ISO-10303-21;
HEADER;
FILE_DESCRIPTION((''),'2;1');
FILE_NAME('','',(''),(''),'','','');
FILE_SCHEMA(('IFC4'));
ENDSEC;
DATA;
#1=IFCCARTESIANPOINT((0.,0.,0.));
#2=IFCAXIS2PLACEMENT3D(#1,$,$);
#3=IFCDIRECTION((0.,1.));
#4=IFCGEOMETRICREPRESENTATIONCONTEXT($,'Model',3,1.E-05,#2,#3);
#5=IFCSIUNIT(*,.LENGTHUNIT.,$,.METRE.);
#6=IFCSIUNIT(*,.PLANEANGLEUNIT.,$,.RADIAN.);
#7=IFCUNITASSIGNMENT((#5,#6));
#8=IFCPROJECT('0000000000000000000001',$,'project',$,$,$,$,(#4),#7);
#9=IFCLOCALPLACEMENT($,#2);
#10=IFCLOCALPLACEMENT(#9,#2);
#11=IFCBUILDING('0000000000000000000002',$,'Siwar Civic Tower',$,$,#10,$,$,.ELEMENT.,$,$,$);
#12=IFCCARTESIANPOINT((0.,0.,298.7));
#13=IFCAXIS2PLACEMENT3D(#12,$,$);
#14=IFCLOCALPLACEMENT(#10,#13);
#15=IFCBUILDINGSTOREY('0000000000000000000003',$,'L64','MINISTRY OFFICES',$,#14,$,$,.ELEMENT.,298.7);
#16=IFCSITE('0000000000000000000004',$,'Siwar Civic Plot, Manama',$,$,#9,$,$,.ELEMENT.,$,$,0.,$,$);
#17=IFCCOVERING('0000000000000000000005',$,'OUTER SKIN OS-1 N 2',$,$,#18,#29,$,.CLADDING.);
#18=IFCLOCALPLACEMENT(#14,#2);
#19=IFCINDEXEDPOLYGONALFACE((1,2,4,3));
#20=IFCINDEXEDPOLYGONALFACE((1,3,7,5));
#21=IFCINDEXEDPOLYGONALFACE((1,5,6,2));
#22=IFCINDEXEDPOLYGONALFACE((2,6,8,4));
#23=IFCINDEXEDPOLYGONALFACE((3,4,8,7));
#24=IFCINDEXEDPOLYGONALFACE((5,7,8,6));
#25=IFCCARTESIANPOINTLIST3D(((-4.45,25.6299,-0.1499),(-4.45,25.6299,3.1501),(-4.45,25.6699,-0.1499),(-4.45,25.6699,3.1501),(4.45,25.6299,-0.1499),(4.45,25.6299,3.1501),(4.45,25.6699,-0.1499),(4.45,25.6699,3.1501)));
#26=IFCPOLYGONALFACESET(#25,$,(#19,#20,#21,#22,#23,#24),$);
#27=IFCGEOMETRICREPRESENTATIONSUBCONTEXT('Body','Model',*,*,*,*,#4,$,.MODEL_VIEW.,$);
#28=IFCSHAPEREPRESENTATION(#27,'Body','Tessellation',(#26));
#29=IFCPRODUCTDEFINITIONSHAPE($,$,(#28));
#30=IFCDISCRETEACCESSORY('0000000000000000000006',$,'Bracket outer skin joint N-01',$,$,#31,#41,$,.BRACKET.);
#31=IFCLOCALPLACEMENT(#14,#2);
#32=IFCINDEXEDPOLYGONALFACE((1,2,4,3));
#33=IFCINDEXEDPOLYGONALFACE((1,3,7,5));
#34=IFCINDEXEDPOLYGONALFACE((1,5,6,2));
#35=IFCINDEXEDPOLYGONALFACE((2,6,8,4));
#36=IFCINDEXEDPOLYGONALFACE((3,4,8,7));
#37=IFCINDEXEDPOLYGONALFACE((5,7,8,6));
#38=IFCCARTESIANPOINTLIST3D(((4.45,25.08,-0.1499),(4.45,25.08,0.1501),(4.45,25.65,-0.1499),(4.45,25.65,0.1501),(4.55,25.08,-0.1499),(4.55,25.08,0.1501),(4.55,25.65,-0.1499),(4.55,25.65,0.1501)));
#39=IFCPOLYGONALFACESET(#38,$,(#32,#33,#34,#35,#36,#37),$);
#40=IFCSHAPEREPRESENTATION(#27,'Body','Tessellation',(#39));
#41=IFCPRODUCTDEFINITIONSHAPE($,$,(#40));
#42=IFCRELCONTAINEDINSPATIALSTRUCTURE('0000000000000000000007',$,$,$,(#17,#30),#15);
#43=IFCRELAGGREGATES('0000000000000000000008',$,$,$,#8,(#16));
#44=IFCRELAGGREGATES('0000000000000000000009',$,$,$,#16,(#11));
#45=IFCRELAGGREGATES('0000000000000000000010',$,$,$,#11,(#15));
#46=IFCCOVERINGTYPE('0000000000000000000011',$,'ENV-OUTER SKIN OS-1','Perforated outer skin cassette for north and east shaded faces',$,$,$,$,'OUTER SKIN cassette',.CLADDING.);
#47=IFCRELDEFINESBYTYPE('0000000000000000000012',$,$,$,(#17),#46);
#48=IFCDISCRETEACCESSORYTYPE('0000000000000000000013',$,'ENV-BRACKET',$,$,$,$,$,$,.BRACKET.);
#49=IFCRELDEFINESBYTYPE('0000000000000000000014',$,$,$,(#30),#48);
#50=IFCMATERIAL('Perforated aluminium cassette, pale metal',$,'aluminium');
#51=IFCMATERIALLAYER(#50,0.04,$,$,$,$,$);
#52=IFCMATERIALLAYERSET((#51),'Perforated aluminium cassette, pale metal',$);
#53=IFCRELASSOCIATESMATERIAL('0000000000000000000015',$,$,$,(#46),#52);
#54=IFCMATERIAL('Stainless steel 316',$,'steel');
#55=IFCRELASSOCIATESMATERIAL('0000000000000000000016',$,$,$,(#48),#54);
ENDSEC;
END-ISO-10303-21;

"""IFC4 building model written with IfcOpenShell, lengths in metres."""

from ifc_helpers import new_model, si_unit, direction, frame, origin, origin_2d, place, context, subcontext, project, spatial, rectangle, extrude, material, layer, layer_set, type_object, element, save


model = new_model("IFC4")

# Units and contexts
model_context = context("Model", 3, precision=1e-05, world=origin(), true_north=direction((0.0, 1.0)))
body_context = subcontext(model_context, "Body", "Model", "MODEL_VIEW")
ifc_project = project(units=[si_unit("LENGTHUNIT", "METRE"), si_unit("PLANEANGLEUNIT", "RADIAN")], contexts=[model_context])

# Site, building, storey
site_placement = place(None, origin())
site = spatial("IfcSite", under=ifc_project, at=site_placement, Name="Siwar Civic Plot, Manama", CompositionType="ELEMENT", RefElevation=0.0)
building_placement = place(site_placement, origin())
building = spatial("IfcBuilding", under=site, at=building_placement, Name="Siwar Civic Tower", CompositionType="ELEMENT")
storey_placement = place(building_placement, frame((0.0, 0.0, 298.7)))
storey = spatial("IfcBuildingStorey", under=building, at=storey_placement, Name="L64", Description="MINISTRY OFFICES", CompositionType="ELEMENT", Elevation=298.7)

# Covering
ifc_material_1 = material(Name="Perforated aluminium cassette, pale metal", Category="aluminium")
ifc_layer_1 = layer(ifc_material_1, 0.04)
ifc_layer_set_1 = layer_set([ifc_layer_1], Name="Perforated aluminium cassette, pale metal")
covering_type = type_object("IfcCoveringType", Name="ENV-OUTER SKIN OS-1", Description="Perforated outer skin cassette for north and east shaded faces", ElementType="OUTER SKIN cassette", PredefinedType="CLADDING", material=ifc_layer_set_1)
covering_1_placement = place(storey_placement, frame((0.0, 25.6499, -0.1499), z_axis=(0.0, 0.0, 1.0), x_axis=(-1.0, 0.0, 0.0)))
element("IfcCovering", 1, at=covering_1_placement, inside=storey, type_object=covering_type, Name="OUTER SKIN OS-1 N 2", PredefinedType="CLADDING", context=body_context, shape_type="SweptSolid", body=[
    extrude(rectangle(XDim=8.8999, YDim=0.04, at=origin_2d()), origin(), (0.0, 0.0, 1.0), 3.3),
])

# Discrete accessory
ifc_material_2 = material(Name="Stainless steel 316", Category="steel")
discrete_accessory_type = type_object("IfcDiscreteAccessoryType", Name="ENV-BRACKET", PredefinedType="BRACKET", material=ifc_material_2)
discrete_accessory_placement = place(storey_placement, frame((4.5, 25.365, -0.1499), z_axis=(0.0, 0.0, 1.0), x_axis=(0.0, 1.0, 0.0)))
element("IfcDiscreteAccessory", 2, at=discrete_accessory_placement, inside=storey, type_object=discrete_accessory_type, Name="Bracket outer skin joint N-01", PredefinedType="BRACKET", context=body_context, shape_type="SweptSolid", body=[
    extrude(rectangle(XDim=0.5701, YDim=0.1001, at=origin_2d()), origin(), (0.0, 0.0, 1.0), 0.3),
])

save(model, "model.ifc")
